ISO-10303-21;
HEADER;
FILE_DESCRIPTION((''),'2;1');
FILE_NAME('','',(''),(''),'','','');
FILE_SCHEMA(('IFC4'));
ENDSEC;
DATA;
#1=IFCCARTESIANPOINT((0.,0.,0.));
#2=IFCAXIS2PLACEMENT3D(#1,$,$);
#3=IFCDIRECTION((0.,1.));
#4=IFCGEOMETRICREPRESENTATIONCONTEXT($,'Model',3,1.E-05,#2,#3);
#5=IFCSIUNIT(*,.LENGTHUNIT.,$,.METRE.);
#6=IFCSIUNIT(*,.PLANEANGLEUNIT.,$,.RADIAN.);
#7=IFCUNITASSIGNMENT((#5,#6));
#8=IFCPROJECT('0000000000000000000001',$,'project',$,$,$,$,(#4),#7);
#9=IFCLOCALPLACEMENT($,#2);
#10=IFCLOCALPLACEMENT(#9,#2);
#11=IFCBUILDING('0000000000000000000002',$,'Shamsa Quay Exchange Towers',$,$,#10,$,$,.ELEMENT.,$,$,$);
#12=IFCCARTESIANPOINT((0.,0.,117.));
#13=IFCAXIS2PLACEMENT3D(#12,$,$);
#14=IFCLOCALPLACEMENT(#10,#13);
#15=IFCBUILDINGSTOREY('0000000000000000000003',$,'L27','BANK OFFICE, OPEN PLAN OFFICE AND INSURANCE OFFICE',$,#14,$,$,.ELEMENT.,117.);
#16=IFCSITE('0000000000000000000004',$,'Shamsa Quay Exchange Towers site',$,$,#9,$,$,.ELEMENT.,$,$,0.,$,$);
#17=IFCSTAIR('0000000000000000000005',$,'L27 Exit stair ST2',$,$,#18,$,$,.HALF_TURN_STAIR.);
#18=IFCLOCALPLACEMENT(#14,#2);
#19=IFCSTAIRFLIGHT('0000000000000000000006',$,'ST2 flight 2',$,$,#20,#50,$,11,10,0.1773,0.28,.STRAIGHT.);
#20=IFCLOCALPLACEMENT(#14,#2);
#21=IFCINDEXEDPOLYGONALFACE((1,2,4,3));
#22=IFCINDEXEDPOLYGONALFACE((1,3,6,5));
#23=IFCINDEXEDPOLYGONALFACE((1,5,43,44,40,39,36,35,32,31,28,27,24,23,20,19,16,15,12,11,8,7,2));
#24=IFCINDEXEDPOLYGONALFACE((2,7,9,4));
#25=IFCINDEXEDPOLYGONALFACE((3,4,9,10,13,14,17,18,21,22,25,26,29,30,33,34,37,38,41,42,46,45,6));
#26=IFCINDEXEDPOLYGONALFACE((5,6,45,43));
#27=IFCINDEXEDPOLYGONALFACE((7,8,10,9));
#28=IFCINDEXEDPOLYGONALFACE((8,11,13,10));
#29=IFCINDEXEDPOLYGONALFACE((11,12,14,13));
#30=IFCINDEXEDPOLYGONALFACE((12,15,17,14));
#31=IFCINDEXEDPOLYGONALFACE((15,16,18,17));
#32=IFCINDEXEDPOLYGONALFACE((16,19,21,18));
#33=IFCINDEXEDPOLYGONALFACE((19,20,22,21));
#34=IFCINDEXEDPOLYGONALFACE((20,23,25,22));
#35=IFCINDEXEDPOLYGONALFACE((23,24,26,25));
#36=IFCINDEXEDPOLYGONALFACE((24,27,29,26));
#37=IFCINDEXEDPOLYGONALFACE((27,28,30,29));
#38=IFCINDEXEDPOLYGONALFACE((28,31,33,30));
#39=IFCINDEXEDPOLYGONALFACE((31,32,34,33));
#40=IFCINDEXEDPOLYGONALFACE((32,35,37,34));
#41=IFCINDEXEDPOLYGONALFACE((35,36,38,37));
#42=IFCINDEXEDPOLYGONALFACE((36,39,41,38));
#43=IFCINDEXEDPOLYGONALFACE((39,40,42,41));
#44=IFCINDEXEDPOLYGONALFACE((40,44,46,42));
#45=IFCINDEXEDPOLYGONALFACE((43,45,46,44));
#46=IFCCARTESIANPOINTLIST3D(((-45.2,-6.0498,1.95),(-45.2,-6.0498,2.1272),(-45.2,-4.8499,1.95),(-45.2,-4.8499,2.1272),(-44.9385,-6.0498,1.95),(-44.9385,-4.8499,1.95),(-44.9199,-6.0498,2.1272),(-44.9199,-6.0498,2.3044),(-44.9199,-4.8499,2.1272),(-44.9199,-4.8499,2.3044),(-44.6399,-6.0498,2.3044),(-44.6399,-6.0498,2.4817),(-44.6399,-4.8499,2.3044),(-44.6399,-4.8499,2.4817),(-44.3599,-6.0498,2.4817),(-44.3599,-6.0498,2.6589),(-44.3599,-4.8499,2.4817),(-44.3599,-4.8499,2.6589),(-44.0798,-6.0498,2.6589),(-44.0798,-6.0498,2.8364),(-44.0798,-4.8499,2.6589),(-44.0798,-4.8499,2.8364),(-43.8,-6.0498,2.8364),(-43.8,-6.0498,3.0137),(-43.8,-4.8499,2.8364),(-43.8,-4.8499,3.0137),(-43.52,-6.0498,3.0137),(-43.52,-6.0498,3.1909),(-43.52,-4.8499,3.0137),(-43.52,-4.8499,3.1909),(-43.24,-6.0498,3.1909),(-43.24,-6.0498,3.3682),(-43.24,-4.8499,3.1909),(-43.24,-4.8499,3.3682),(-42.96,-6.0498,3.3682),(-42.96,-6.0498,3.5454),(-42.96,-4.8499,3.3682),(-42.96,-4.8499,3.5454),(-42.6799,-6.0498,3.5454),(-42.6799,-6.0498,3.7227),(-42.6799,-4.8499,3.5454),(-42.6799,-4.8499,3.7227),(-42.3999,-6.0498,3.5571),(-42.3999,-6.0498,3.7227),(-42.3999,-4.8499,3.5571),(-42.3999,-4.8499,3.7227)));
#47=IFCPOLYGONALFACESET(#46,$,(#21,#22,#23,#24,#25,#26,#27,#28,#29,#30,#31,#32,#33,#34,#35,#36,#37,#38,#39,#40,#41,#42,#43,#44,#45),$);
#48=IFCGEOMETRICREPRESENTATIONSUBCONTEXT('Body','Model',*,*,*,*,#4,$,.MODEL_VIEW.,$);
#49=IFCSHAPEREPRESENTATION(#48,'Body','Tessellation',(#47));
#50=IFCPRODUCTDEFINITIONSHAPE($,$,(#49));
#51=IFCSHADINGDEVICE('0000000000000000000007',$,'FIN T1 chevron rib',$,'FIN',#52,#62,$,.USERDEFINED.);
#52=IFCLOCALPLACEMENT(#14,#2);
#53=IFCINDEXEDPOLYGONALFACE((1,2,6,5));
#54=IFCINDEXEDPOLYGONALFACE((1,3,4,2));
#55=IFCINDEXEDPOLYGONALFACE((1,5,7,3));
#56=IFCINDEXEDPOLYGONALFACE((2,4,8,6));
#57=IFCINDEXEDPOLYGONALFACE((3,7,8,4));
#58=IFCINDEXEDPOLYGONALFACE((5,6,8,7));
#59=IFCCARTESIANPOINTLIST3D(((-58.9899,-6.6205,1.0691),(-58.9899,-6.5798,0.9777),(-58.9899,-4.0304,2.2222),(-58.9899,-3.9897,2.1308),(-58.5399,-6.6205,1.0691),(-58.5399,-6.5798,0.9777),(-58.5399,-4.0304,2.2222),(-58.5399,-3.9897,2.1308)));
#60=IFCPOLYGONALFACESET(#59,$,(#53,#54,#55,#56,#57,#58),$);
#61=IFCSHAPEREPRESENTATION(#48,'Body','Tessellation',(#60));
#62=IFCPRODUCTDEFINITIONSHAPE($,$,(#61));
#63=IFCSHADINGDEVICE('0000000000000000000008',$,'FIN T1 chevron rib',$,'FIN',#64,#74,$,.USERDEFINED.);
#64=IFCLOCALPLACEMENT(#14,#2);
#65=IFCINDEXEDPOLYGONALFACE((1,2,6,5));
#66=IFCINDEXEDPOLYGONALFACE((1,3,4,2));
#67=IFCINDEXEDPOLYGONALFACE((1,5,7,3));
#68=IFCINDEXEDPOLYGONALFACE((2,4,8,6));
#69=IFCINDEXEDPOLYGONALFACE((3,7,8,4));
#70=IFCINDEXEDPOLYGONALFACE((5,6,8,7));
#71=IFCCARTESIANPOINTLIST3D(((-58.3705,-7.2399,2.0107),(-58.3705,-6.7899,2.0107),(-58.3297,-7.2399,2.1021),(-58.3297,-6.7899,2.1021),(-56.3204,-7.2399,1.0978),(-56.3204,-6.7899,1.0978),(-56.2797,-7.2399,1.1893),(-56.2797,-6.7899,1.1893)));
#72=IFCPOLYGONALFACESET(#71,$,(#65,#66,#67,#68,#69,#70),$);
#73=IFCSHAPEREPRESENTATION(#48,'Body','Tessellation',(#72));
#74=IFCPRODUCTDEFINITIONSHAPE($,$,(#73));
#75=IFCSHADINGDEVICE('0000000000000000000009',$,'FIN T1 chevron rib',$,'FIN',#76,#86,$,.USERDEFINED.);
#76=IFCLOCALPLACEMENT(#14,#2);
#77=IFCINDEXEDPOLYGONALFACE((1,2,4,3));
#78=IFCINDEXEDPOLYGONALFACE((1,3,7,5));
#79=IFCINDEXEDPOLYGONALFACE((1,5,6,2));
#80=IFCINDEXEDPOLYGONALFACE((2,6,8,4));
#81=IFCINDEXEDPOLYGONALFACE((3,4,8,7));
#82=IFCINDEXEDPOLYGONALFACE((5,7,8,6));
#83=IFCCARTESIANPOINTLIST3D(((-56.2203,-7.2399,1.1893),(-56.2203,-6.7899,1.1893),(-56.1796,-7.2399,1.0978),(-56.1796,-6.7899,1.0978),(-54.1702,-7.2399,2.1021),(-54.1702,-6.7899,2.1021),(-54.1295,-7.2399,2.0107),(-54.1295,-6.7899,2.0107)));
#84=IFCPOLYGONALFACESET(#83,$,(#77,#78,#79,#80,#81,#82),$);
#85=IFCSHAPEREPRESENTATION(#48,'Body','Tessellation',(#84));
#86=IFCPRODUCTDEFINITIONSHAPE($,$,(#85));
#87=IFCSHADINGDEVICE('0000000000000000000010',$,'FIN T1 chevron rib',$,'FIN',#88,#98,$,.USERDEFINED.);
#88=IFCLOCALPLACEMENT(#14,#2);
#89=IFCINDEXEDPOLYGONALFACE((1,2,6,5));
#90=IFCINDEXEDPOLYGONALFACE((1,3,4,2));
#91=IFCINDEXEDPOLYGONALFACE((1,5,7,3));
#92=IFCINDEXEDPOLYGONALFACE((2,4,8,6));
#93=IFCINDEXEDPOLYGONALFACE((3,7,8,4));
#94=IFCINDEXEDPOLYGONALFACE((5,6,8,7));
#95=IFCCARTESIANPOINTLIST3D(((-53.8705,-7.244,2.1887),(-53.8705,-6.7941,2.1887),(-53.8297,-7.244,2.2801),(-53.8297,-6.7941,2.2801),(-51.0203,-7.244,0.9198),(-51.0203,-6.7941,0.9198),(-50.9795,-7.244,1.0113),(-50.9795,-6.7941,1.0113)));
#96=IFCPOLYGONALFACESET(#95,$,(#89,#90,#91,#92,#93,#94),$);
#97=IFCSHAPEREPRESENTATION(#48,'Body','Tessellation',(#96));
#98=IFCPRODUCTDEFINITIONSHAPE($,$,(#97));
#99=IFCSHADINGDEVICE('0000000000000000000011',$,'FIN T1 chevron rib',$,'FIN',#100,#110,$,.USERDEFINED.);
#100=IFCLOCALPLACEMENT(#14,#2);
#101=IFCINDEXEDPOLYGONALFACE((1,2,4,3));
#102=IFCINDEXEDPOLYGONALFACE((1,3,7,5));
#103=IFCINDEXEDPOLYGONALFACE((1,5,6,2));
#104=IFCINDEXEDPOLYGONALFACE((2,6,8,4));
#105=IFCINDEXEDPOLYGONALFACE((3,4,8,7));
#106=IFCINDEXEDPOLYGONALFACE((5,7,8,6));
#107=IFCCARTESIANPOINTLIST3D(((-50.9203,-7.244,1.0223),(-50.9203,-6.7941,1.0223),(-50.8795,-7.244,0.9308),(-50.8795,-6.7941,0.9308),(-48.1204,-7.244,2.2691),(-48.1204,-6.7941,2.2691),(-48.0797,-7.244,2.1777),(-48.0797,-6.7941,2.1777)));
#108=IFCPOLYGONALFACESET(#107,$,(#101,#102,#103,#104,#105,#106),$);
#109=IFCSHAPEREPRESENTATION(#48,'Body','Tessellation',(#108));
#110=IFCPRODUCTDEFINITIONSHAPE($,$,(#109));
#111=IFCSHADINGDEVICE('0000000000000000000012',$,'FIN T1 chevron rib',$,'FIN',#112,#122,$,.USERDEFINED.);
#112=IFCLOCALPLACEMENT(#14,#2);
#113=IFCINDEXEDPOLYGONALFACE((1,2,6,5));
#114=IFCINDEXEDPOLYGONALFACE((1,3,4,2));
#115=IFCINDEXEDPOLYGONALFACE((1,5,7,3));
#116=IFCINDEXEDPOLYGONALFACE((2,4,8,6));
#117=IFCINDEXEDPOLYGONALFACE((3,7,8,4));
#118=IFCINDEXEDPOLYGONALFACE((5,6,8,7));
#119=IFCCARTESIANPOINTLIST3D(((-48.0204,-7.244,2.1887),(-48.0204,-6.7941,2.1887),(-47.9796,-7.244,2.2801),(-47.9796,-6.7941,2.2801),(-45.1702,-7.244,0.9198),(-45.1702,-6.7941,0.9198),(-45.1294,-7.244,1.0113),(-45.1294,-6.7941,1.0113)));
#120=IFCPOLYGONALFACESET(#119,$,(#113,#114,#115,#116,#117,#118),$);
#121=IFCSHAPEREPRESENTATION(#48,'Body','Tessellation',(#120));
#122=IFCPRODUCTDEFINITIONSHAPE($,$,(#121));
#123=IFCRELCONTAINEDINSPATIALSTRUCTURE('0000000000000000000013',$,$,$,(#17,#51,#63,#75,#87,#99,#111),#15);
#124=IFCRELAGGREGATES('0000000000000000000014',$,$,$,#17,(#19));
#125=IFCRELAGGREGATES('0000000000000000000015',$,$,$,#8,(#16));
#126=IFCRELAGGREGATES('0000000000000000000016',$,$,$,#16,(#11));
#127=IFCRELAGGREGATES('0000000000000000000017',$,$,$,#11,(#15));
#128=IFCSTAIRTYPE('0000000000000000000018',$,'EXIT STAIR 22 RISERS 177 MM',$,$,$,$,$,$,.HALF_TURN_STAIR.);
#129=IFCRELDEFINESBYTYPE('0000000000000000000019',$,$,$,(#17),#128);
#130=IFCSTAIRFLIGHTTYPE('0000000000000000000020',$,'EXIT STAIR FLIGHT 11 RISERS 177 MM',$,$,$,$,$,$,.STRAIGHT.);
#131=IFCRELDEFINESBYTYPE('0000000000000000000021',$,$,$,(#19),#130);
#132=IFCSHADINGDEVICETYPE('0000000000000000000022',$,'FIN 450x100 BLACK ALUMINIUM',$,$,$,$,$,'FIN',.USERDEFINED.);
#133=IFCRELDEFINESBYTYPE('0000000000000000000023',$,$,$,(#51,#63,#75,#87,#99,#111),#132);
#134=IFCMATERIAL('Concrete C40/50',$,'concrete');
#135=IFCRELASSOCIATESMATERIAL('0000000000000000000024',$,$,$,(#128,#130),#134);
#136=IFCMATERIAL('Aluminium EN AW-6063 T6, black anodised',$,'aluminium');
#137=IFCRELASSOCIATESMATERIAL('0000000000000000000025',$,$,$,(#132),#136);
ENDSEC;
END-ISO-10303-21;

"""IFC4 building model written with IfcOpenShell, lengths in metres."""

from ifc_helpers import new_model, si_unit, direction, frame, origin, origin_2d, place, context, subcontext, project, spatial, polyline, rectangle, outline, extrude, material, material_profile, profile_set, type_object, element, aggregate, save


model = new_model("IFC4")

# Units and contexts
model_context = context("Model", 3, precision=1e-05, world=origin(), true_north=direction((0.0, 1.0)))
body_context = subcontext(model_context, "Body", "Model", "MODEL_VIEW")
ifc_project = project(units=[si_unit("LENGTHUNIT", "METRE"), si_unit("PLANEANGLEUNIT", "RADIAN")], contexts=[model_context])

# Site, building, storey
site_placement = place(None, origin())
site = spatial("IfcSite", under=ifc_project, at=site_placement, Name="Shamsa Quay Exchange Towers site", CompositionType="ELEMENT", RefElevation=0.0)
building_placement = place(site_placement, origin())
building = spatial("IfcBuilding", under=site, at=building_placement, Name="Shamsa Quay Exchange Towers", CompositionType="ELEMENT")
storey_placement = place(building_placement, frame((0.0, 0.0, 117.0)))
storey = spatial("IfcBuildingStorey", under=building, at=storey_placement, Name="L27", Description="BANK OFFICE, OPEN PLAN OFFICE AND INSURANCE OFFICE", CompositionType="ELEMENT", Elevation=117.0)

# Shared definitions
ifc_material_1 = material(Name="Aluminium EN AW-6063 T6, black anodised", Category="aluminium")

# Stair, stair flight
ifc_material_2 = material(Name="Concrete C40/50", Category="concrete")
stair_type = type_object("IfcStairType", Name="EXIT STAIR 22 RISERS 177 MM", PredefinedType="HALF_TURN_STAIR", material=ifc_material_2)
stair_placement = place(storey_placement, origin())
stair = element("IfcStair", 1, at=stair_placement, inside=storey, type_object=stair_type, Name="L27 Exit stair ST2", PredefinedType="HALF_TURN_STAIR")
stair_flight_type = type_object("IfcStairFlightType", Name="EXIT STAIR FLIGHT 11 RISERS 177 MM", PredefinedType="STRAIGHT", material=ifc_material_2)
stair_flight_placement = place(storey_placement, frame((-45.2, -5.45, 1.95)))
stair_flight = element("IfcStairFlight", 2, at=stair_flight_placement, type_object=stair_flight_type, Name="ST2 flight 2", NumberOfRisers=11, NumberOfTreads=10, PredefinedType="STRAIGHT", RiserHeight=0.1773, TreadLength=0.28, context=body_context, shape_type="SweptSolid", body=[
    extrude(outline(polyline([(0.0, 0.0), (0.0, 0.1772), (0.28, 0.1772), (0.28, 0.3545), (0.5601, 0.3545), (0.5601, 0.5317), (0.8401, 0.5317), (0.8401, 0.709), (1.1201, 0.709), (1.1201, 0.8865), (1.3999, 0.8865), (1.3999, 1.0637), (1.6799, 1.0637), (1.6799, 1.241), (1.96, 1.241), (1.96, 1.4182), (2.24, 1.4182), (2.24, 1.5955), (2.52, 1.5955), (2.52, 1.7727), (2.8, 1.7727), (2.8, 1.95), (2.8, 1.6072), (0.2615, 0.0), (0.0, 0.0)])), frame((0.0, 0.6001, 0.0), z_axis=(0.0, -1.0, 0.0), x_axis=(1.0, 0.0, 0.0)), (0.0, 0.0, 1.0), 1.2),
])
aggregate(stair, [stair_flight])

# Shading devices
ifc_material_profile_1 = material_profile(ifc_material_1, rectangle(XDim=0.45, YDim=0.1001, at=origin_2d()), Name="FIN450x100")
ifc_profile_set_1 = profile_set([ifc_material_profile_1], Name="Aluminium EN AW-6063 T6, black anodised")
shading_device_type = type_object("IfcShadingDeviceType", Name="FIN 450x100 BLACK ALUMINIUM", ElementType="FIN", PredefinedType="USERDEFINED", material=ifc_profile_set_1)
shading_device_1_placement = place(storey_placement, frame((-58.7649, -4.01, 2.1765), z_axis=(0.0, -0.913559, -0.406706), x_axis=(1.0, 0.0, 0.0)))
element("IfcShadingDevice", 3, at=shading_device_1_placement, inside=storey, type_object=shading_device_type, Name="FIN T1 chevron rib", ObjectType="FIN", PredefinedType="USERDEFINED", context=body_context, shape_type="SweptSolid", body=[
    extrude(rectangle(XDim=0.45, YDim=0.1001, at=origin_2d()), origin(), (0.0, 0.0, 1.0), 2.8352),
])
for number, where, z_axis, x_axis, name in (
    (4, (-58.3501, -7.0149, 2.0564), (0.913529, 0.0, -0.406774), (0.0, 1.0, 0.0), "FIN T1 chevron rib"),
    (5, (-56.2, -7.0149, 1.1436), (0.913529, 0.0, 0.406774), (0.0, 1.0, 0.0), "FIN T1 chevron rib"),
):
    element("IfcShadingDevice", number, at=place(storey_placement, frame(where, z_axis=z_axis, x_axis=x_axis)), inside=storey, type_object=shading_device_type, Name=name, ObjectType="FIN", PredefinedType="USERDEFINED", context=body_context, shape_type="SweptSolid", body=[
        extrude(rectangle(XDim=0.45, YDim=0.1001, at=origin_2d()), origin(), (0.0, 0.0, 1.0), 2.2441),
    ])
shading_device_2_placement = place(storey_placement, frame((-53.8501, -7.019, 2.2344), z_axis=(0.913563, 0.0, -0.406697), x_axis=(0.0, 1.0, 0.0)))
element("IfcShadingDevice", 6, at=shading_device_2_placement, inside=storey, type_object=shading_device_type, Name="FIN T1 chevron rib", ObjectType="FIN", PredefinedType="USERDEFINED", context=body_context, shape_type="SweptSolid", body=[
    extrude(rectangle(XDim=0.45, YDim=0.1001, at=origin_2d()), origin(), (0.0, 0.0, 1.0), 3.1199),
])
shading_device_3_placement = place(storey_placement, frame((-50.8999, -7.019, 0.9766), z_axis=(0.913512, 0.0, 0.406811), x_axis=(0.0, 1.0, 0.0)))
element("IfcShadingDevice", 7, at=shading_device_3_placement, inside=storey, type_object=shading_device_type, Name="FIN T1 chevron rib", ObjectType="FIN", PredefinedType="USERDEFINED", context=body_context, shape_type="SweptSolid", body=[
    extrude(rectangle(XDim=0.45, YDim=0.1001, at=origin_2d()), origin(), (0.0, 0.0, 1.0), 3.0649),
])
shading_device_4_placement = place(storey_placement, frame((-48.0, -7.019, 2.2344), z_axis=(0.913563, 0.0, -0.406697), x_axis=(0.0, 1.0, 0.0)))
element("IfcShadingDevice", 8, at=shading_device_4_placement, inside=storey, type_object=shading_device_type, Name="FIN T1 chevron rib", ObjectType="FIN", PredefinedType="USERDEFINED", context=body_context, shape_type="SweptSolid", body=[
    extrude(rectangle(XDim=0.45, YDim=0.1001, at=origin_2d()), origin(), (0.0, 0.0, 1.0), 3.1199),
])

save(model, "model.ifc")
